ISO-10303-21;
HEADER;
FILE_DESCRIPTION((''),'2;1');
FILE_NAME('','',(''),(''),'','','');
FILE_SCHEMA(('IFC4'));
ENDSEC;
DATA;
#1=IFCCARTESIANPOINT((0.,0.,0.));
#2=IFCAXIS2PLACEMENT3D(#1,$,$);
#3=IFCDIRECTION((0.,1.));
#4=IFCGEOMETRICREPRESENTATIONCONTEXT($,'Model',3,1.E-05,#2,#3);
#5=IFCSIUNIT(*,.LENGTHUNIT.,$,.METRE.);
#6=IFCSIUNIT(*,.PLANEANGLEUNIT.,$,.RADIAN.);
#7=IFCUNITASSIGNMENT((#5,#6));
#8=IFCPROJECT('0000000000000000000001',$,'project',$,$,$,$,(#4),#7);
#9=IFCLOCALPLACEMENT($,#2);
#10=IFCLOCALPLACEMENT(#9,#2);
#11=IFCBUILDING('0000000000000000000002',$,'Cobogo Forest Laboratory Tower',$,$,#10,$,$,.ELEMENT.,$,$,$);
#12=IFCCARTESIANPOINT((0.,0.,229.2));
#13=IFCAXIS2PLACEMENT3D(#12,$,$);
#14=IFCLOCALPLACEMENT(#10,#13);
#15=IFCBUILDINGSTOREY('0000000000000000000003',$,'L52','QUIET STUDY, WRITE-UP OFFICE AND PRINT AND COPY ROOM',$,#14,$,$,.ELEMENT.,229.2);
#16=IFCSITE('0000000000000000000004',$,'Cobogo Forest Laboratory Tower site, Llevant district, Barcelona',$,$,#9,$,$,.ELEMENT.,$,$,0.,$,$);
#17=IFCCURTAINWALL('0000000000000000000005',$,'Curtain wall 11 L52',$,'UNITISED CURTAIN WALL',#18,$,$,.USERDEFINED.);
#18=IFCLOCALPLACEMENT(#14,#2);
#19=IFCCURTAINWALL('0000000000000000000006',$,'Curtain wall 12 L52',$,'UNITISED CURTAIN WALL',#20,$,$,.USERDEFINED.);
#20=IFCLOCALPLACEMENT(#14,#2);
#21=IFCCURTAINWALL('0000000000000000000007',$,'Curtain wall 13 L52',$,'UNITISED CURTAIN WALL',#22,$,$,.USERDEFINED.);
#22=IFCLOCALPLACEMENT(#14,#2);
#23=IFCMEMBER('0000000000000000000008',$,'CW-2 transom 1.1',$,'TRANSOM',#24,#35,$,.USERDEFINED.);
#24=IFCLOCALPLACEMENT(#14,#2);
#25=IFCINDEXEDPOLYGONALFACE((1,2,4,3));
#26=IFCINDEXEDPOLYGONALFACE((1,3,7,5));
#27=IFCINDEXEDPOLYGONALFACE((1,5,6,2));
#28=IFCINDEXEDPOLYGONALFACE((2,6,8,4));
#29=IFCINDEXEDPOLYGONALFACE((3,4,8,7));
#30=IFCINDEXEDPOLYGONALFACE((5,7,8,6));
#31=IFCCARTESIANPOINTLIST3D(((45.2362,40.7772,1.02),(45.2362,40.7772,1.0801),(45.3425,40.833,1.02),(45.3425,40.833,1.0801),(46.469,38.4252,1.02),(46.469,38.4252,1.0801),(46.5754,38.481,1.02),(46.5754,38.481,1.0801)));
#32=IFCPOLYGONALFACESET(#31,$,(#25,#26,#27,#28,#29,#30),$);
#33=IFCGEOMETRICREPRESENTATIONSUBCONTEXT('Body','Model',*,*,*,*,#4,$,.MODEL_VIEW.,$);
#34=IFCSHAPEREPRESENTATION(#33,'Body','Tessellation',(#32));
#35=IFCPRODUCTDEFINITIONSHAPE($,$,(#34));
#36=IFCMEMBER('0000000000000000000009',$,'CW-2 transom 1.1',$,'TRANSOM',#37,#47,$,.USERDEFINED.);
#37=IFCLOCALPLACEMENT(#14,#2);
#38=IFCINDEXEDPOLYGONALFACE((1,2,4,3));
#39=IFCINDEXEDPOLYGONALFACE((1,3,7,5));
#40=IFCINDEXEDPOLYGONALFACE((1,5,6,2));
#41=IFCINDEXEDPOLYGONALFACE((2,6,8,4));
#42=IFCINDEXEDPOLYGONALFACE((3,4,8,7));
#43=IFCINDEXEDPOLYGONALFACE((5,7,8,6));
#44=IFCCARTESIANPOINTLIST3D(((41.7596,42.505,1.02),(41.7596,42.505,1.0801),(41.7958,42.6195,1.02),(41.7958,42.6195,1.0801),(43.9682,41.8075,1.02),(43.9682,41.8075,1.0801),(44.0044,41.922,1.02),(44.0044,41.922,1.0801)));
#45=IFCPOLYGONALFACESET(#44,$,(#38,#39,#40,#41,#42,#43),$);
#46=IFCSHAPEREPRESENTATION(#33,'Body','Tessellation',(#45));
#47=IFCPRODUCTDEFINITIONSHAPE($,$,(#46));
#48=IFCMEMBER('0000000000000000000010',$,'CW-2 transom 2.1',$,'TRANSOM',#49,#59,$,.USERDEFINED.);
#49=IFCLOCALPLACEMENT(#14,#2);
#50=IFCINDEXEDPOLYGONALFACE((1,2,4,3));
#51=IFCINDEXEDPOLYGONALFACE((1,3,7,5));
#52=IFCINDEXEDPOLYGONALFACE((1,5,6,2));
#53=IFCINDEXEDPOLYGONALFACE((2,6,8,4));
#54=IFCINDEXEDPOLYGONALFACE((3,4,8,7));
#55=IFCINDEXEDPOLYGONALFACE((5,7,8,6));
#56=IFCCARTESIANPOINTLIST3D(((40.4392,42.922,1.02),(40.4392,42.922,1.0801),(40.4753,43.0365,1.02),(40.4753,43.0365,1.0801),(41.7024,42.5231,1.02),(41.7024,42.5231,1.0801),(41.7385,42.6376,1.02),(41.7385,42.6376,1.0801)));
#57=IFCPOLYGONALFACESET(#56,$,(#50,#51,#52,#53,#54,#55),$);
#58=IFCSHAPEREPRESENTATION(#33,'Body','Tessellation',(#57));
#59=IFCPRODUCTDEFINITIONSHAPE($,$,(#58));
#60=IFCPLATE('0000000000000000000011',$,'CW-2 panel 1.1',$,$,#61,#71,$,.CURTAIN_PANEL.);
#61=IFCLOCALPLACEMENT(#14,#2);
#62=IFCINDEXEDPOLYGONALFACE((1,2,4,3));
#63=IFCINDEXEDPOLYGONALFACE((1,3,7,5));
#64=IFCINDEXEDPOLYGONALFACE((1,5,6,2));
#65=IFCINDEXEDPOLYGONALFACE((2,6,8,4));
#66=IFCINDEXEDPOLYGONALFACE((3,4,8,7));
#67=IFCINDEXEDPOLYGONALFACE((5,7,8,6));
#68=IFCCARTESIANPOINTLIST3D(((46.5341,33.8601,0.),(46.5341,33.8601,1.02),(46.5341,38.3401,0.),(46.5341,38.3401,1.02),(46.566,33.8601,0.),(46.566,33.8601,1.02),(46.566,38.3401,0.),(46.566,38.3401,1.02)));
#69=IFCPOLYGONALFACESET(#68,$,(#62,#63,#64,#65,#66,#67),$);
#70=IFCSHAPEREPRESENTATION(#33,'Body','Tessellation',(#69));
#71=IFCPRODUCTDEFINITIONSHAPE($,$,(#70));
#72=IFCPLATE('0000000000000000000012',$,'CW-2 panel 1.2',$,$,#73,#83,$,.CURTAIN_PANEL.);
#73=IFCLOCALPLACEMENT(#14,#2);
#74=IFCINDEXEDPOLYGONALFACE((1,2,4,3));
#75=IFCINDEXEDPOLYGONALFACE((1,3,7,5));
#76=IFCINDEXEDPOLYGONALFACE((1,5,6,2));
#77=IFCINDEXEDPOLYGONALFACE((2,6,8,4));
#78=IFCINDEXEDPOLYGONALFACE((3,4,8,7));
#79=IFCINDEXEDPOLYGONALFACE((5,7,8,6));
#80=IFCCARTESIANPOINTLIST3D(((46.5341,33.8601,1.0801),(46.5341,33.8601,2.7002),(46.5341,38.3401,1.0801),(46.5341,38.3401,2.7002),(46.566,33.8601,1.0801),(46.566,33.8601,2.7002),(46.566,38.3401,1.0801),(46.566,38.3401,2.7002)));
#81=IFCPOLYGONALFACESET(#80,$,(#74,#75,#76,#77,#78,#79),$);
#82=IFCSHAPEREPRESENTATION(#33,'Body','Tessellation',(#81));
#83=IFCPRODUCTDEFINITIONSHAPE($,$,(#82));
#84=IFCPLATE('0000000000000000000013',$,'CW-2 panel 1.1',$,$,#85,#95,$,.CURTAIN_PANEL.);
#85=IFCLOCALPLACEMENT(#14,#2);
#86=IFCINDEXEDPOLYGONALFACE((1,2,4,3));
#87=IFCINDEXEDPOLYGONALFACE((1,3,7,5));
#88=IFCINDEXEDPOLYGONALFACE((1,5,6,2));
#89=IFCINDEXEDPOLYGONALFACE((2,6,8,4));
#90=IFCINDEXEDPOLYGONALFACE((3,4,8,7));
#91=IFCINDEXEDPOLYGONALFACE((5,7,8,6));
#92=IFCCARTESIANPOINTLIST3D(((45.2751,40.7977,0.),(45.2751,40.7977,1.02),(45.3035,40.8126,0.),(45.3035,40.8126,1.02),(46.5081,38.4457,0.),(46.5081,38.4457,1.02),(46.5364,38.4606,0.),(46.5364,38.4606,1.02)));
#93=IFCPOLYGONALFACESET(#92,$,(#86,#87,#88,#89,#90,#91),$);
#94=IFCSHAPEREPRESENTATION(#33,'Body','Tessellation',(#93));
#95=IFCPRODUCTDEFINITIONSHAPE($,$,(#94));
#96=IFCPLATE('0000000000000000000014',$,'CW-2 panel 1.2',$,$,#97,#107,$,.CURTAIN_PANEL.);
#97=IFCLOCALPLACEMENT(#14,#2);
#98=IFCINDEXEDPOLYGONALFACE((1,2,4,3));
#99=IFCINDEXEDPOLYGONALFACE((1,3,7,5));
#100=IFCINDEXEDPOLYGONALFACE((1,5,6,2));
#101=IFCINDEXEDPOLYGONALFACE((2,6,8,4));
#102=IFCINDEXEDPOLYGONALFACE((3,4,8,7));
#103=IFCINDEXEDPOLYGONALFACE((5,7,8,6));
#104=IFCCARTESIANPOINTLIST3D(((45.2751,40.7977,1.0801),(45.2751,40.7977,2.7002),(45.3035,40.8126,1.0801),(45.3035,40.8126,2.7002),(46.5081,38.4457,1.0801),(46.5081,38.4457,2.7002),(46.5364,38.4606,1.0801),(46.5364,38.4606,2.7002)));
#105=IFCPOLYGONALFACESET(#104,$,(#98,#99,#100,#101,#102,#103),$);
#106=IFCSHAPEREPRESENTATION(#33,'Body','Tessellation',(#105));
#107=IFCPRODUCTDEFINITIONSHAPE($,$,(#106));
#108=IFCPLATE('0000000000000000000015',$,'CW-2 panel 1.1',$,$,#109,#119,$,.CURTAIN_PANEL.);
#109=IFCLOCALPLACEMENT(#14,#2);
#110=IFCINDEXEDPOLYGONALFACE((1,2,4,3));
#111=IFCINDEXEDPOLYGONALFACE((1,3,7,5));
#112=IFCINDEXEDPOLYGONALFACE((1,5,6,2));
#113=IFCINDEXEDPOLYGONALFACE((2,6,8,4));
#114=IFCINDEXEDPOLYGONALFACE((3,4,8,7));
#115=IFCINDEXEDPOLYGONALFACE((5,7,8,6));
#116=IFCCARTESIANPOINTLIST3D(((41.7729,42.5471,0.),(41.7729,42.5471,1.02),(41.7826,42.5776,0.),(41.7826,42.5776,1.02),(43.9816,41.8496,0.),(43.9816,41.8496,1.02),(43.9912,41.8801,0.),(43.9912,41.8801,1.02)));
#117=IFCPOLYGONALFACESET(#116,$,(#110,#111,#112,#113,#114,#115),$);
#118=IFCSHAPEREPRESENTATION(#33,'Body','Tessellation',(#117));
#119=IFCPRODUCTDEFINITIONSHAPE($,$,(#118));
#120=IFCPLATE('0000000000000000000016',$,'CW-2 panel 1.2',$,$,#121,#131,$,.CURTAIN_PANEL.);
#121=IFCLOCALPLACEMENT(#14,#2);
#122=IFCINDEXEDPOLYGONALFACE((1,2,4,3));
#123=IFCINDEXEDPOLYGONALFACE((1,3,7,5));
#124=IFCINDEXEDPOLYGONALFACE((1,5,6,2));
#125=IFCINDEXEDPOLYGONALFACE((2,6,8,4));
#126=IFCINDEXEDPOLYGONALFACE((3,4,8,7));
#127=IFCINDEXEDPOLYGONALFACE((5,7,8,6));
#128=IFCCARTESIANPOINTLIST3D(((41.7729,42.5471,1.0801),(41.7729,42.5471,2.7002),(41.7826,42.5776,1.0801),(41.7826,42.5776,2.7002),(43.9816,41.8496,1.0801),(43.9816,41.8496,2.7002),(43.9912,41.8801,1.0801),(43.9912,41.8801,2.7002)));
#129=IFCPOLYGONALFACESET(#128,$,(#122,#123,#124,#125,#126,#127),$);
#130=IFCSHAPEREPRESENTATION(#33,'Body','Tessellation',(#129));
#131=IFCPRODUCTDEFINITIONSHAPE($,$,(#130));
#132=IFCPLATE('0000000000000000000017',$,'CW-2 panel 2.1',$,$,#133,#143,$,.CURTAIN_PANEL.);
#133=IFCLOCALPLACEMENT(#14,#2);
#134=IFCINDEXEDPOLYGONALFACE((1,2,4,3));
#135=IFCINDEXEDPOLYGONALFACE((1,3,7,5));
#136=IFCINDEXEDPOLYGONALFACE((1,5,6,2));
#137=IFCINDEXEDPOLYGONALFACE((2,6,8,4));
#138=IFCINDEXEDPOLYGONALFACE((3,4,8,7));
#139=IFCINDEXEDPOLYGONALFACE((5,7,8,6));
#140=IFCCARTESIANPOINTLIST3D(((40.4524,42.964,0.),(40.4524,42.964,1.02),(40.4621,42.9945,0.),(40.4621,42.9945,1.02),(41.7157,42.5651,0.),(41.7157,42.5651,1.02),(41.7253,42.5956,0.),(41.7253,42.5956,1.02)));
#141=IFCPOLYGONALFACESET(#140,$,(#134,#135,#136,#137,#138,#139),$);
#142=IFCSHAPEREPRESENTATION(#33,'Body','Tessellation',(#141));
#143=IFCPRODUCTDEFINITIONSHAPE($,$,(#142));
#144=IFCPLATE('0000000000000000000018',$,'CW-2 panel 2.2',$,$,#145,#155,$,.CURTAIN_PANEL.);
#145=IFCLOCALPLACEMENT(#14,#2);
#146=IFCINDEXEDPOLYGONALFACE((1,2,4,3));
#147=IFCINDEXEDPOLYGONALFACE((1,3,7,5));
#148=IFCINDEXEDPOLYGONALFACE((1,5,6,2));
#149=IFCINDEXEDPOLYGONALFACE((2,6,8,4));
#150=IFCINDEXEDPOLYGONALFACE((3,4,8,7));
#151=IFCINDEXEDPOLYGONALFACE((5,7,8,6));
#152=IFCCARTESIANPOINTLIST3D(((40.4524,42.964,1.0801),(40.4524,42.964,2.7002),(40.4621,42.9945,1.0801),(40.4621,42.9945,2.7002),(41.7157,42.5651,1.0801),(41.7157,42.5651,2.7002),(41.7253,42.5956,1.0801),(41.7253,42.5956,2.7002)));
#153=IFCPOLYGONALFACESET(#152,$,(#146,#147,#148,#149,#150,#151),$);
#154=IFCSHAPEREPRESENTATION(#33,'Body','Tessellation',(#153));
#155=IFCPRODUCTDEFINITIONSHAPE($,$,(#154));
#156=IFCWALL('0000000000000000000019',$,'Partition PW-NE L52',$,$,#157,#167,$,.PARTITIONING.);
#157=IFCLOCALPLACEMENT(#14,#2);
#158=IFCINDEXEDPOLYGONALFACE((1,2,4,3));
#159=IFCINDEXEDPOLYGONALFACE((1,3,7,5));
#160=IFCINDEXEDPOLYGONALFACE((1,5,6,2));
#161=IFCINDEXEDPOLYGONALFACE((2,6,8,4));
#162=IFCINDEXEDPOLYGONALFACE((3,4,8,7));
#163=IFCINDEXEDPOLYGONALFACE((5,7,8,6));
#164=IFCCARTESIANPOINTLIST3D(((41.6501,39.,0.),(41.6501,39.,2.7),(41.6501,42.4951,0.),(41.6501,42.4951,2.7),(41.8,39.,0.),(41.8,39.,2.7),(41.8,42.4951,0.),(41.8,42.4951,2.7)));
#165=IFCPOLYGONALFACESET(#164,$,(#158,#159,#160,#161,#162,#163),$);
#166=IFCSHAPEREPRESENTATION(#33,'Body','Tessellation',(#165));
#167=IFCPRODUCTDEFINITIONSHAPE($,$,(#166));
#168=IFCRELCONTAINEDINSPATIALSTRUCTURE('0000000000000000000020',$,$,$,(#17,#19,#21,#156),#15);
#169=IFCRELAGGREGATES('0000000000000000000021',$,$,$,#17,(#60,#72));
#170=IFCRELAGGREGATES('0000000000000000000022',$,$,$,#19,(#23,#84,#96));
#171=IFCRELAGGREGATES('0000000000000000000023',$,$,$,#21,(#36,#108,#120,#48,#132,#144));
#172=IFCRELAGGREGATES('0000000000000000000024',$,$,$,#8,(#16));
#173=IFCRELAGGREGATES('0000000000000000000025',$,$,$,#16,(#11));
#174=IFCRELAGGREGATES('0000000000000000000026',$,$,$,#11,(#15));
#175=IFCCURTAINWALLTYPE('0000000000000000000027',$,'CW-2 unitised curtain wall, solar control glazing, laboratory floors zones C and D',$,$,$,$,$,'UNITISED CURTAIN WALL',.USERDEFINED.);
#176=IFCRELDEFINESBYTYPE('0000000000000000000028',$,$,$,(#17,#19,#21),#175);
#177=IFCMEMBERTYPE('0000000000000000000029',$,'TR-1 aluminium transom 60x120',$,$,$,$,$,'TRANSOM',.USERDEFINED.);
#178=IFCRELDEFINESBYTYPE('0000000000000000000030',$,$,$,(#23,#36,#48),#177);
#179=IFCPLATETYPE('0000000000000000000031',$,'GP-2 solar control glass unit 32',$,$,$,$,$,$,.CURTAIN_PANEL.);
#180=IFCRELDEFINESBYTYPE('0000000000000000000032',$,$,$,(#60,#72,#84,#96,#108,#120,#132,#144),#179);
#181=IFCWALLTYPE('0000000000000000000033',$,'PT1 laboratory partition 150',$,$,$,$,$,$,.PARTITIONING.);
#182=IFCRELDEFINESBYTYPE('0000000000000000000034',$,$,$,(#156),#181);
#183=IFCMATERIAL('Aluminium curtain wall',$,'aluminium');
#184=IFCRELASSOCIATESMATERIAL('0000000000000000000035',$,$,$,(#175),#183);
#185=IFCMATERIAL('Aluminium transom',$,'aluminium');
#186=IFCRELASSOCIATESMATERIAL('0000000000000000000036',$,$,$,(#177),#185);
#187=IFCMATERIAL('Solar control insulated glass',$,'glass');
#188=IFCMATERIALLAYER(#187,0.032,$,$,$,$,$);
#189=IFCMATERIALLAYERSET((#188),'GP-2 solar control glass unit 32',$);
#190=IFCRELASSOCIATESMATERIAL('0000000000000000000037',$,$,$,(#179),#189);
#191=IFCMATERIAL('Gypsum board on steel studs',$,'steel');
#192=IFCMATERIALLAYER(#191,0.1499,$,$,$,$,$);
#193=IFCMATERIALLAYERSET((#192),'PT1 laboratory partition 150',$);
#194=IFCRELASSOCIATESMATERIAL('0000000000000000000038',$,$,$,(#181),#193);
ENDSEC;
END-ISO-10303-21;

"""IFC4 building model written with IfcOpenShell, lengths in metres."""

from ifc_helpers import new_model, si_unit, direction, frame, frame_2d, origin, origin_2d, place, context, subcontext, project, spatial, rectangle, extrude, material, layer, layer_set, material_profile, profile_set, type_object, element, aggregate, save


model = new_model("IFC4")

# Units and contexts
model_context = context("Model", 3, precision=1e-05, world=origin(), true_north=direction((0.0, 1.0)))
body_context = subcontext(model_context, "Body", "Model", "MODEL_VIEW")
ifc_project = project(units=[si_unit("LENGTHUNIT", "METRE"), si_unit("PLANEANGLEUNIT", "RADIAN")], contexts=[model_context])

# Site, building, storey
site_placement = place(None, origin())
site = spatial("IfcSite", under=ifc_project, at=site_placement, Name="Cobogo Forest Laboratory Tower site, Llevant district, Barcelona", CompositionType="ELEMENT", RefElevation=0.0)
building_placement = place(site_placement, origin())
building = spatial("IfcBuilding", under=site, at=building_placement, Name="Cobogo Forest Laboratory Tower", CompositionType="ELEMENT")
storey_placement = place(building_placement, frame((0.0, 0.0, 229.2)))
storey = spatial("IfcBuildingStorey", under=building, at=storey_placement, Name="L52", Description="QUIET STUDY, WRITE-UP OFFICE AND PRINT AND COPY ROOM", CompositionType="ELEMENT", Elevation=229.2)

# Curtain wall
ifc_material_1 = material(Name="Aluminium curtain wall", Category="aluminium")
curtain_wall_type = type_object("IfcCurtainWallType", Name="CW-2 unitised curtain wall, solar control glazing, laboratory floors zones C and D", ElementType="UNITISED CURTAIN WALL", PredefinedType="USERDEFINED", material=ifc_material_1)
curtain_wall_1_placement = place(storey_placement, origin())
curtain_wall_1 = element("IfcCurtainWall", 1, at=curtain_wall_1_placement, inside=storey, type_object=curtain_wall_type, Name="Curtain wall 11 L52", ObjectType="UNITISED CURTAIN WALL", PredefinedType="USERDEFINED")

# Curtain walls
curtain_wall_2_placement = place(storey_placement, origin())
curtain_wall_2 = element("IfcCurtainWall", 2, at=curtain_wall_2_placement, inside=storey, type_object=curtain_wall_type, Name="Curtain wall 12 L52", ObjectType="UNITISED CURTAIN WALL", PredefinedType="USERDEFINED")
curtain_wall_3_placement = place(storey_placement, origin())
curtain_wall_3 = element("IfcCurtainWall", 3, at=curtain_wall_3_placement, inside=storey, type_object=curtain_wall_type, Name="Curtain wall 13 L52", ObjectType="UNITISED CURTAIN WALL", PredefinedType="USERDEFINED")

# Members
ifc_material_2 = material(Name="Aluminium transom", Category="aluminium")
ifc_material_profile_1 = material_profile(ifc_material_2, rectangle(XDim=0.1201, YDim=0.0601, at=origin_2d()), Name="AL 60x120")
ifc_profile_set_1 = profile_set([ifc_material_profile_1], Name="Aluminium transom")
member_type_1 = type_object("IfcMemberType", Name="TR-1 aluminium transom 60x120", ElementType="TRANSOM", PredefinedType="USERDEFINED", material=ifc_profile_set_1)
member_1_placement = place(storey_placement, frame((46.5222, 38.4531, 1.05), z_axis=(-0.464268, 0.885695, 0.0), x_axis=(-0.885695, -0.464268, 0.0)))
member_1 = element("IfcMember", 4, at=member_1_placement, type_object=member_type_1, Name="CW-2 transom 1.1", ObjectType="TRANSOM", PredefinedType="USERDEFINED", context=body_context, shape_type="SweptSolid", body=[
    extrude(rectangle(XDim=0.1201, YDim=0.0601, at=origin_2d()), origin(), (0.0, 0.0, 1.0), 2.6555),
])
member_2_placement = place(storey_placement, frame((43.9863, 41.8647, 1.05), z_axis=(-0.953581, 0.301136, 0.0), x_axis=(-0.301136, -0.953581, 0.0)))
member_2 = element("IfcMember", 5, at=member_2_placement, type_object=member_type_1, Name="CW-2 transom 1.1", ObjectType="TRANSOM", PredefinedType="USERDEFINED", context=body_context, shape_type="SweptSolid", body=[
    extrude(rectangle(XDim=0.1201, YDim=0.0601, at=origin_2d()), origin(), (0.0, 0.0, 1.0), 2.3162),
])
member_3_placement = place(storey_placement, frame((41.7205, 42.5803, 1.05), z_axis=(-0.953577, 0.301149, 0.0), x_axis=(-0.301149, -0.953577, 0.0)))
member_3 = element("IfcMember", 6, at=member_3_placement, type_object=member_type_1, Name="CW-2 transom 2.1", ObjectType="TRANSOM", PredefinedType="USERDEFINED", context=body_context, shape_type="SweptSolid", body=[
    extrude(rectangle(XDim=0.1201, YDim=0.0601, at=origin_2d()), origin(), (0.0, 0.0, 1.0), 1.3247),
])

# Plates
ifc_material_3 = material(Name="Solar control insulated glass", Category="glass")
ifc_layer_1 = layer(ifc_material_3, 0.032)
ifc_layer_set_1 = layer_set([ifc_layer_1], Name="GP-2 solar control glass unit 32")
plate_type = type_object("IfcPlateType", Name="GP-2 solar control glass unit 32", PredefinedType="CURTAIN_PANEL", material=ifc_layer_set_1)
plate_1_placement = place(storey_placement, frame((46.55, 36.1001, 0.0), z_axis=(0.0, 0.0, 1.0), x_axis=(0.0, 1.0, 0.0)))
plate_1 = element("IfcPlate", 7, at=plate_1_placement, type_object=plate_type, Name="CW-2 panel 1.1", PredefinedType="CURTAIN_PANEL", context=body_context, shape_type="SweptSolid", body=[
    extrude(rectangle(XDim=4.48, YDim=0.032, at=origin_2d()), origin(), (0.0, 0.0, 1.0), 1.02),
])
plate_2_placement = place(storey_placement, frame((46.55, 36.1001, 1.0801), z_axis=(0.0, 0.0, 1.0), x_axis=(0.0, 1.0, 0.0)))
plate_2 = element("IfcPlate", 8, at=plate_2_placement, type_object=plate_type, Name="CW-2 panel 1.2", PredefinedType="CURTAIN_PANEL", context=body_context, shape_type="SweptSolid", body=[
    extrude(rectangle(XDim=4.48, YDim=0.032, at=origin_2d()), origin(), (0.0, 0.0, 1.0), 1.6201),
])
aggregate(curtain_wall_1, [plate_1, plate_2])
plate_3_placement = place(storey_placement, frame((45.9058, 39.6292, 0.0), z_axis=(0.0, 0.0, 1.0), x_axis=(-0.464284, 0.885687, 0.0)))
plate_3 = element("IfcPlate", 9, at=plate_3_placement, type_object=plate_type, Name="CW-2 panel 1.1", PredefinedType="CURTAIN_PANEL", context=body_context, shape_type="SweptSolid", body=[
    extrude(rectangle(XDim=2.6555, YDim=0.032, at=origin_2d()), origin(), (0.0, 0.0, 1.0), 1.02),
])
plate_4_placement = place(storey_placement, frame((45.9058, 39.6292, 1.0801), z_axis=(0.0, 0.0, 1.0), x_axis=(-0.464284, 0.885687, 0.0)))
plate_4 = element("IfcPlate", 10, at=plate_4_placement, type_object=plate_type, Name="CW-2 panel 1.2", PredefinedType="CURTAIN_PANEL", context=body_context, shape_type="SweptSolid", body=[
    extrude(rectangle(XDim=2.6555, YDim=0.032, at=origin_2d()), origin(), (0.0, 0.0, 1.0), 1.6201),
])
aggregate(curtain_wall_2, [member_1, plate_3, plate_4])
plate_5_placement = place(storey_placement, frame((42.8821, 42.2136, 0.0), z_axis=(0.0, 0.0, 1.0), x_axis=(-0.953581, 0.301136, 0.0)))
plate_5 = element("IfcPlate", 11, at=plate_5_placement, type_object=plate_type, Name="CW-2 panel 1.1", PredefinedType="CURTAIN_PANEL", context=body_context, shape_type="SweptSolid", body=[
    extrude(rectangle(XDim=2.3162, YDim=0.032, at=origin_2d()), origin(), (0.0, 0.0, 1.0), 1.02),
])
plate_6_placement = place(storey_placement, frame((42.8821, 42.2136, 1.0801), z_axis=(0.0, 0.0, 1.0), x_axis=(-0.953581, 0.301136, 0.0)))
plate_6 = element("IfcPlate", 12, at=plate_6_placement, type_object=plate_type, Name="CW-2 panel 1.2", PredefinedType="CURTAIN_PANEL", context=body_context, shape_type="SweptSolid", body=[
    extrude(rectangle(XDim=2.3162, YDim=0.032, at=origin_2d()), origin(), (0.0, 0.0, 1.0), 1.6201),
])
plate_7_placement = place(storey_placement, frame((41.0889, 42.7798, 0.0), z_axis=(0.0, 0.0, 1.0), x_axis=(-0.953581, 0.301136, 0.0)))
plate_7 = element("IfcPlate", 13, at=plate_7_placement, type_object=plate_type, Name="CW-2 panel 2.1", PredefinedType="CURTAIN_PANEL", context=body_context, shape_type="SweptSolid", body=[
    extrude(rectangle(XDim=1.3247, YDim=0.032, at=origin_2d()), origin(), (0.0, 0.0, 1.0), 1.02),
])
plate_8_placement = place(storey_placement, frame((41.0889, 42.7798, 1.0801), z_axis=(0.0, 0.0, 1.0), x_axis=(-0.953581, 0.301136, 0.0)))
plate_8 = element("IfcPlate", 14, at=plate_8_placement, type_object=plate_type, Name="CW-2 panel 2.2", PredefinedType="CURTAIN_PANEL", context=body_context, shape_type="SweptSolid", body=[
    extrude(rectangle(XDim=1.3247, YDim=0.032, at=origin_2d()), origin(), (0.0, 0.0, 1.0), 1.6201),
])
aggregate(curtain_wall_3, [member_2, plate_5, plate_6, member_3, plate_7, plate_8])

# Wall
ifc_material_4 = material(Name="Gypsum board on steel studs", Category="steel")
ifc_layer_2 = layer(ifc_material_4, 0.1499)
ifc_layer_set_2 = layer_set([ifc_layer_2], Name="PT1 laboratory partition 150")
wall_type = type_object("IfcWallType", Name="PT1 laboratory partition 150", PredefinedType="PARTITIONING", material=ifc_layer_set_2)
wall_placement = place(storey_placement, frame((41.7251, 42.4951, 0.0), z_axis=(0.0, 0.0, 1.0), x_axis=(0.0, -1.0, 0.0)))
element("IfcWall", 15, at=wall_placement, inside=storey, type_object=wall_type, Name="Partition PW-NE L52", PredefinedType="PARTITIONING", context=body_context, shape_type="SweptSolid", body=[
    extrude(rectangle(XDim=3.4951, YDim=0.1499, at=frame_2d((1.7476, 0.0))), origin(), (0.0, 0.0, 1.0), 2.7),
])

save(model, "model.ifc")
